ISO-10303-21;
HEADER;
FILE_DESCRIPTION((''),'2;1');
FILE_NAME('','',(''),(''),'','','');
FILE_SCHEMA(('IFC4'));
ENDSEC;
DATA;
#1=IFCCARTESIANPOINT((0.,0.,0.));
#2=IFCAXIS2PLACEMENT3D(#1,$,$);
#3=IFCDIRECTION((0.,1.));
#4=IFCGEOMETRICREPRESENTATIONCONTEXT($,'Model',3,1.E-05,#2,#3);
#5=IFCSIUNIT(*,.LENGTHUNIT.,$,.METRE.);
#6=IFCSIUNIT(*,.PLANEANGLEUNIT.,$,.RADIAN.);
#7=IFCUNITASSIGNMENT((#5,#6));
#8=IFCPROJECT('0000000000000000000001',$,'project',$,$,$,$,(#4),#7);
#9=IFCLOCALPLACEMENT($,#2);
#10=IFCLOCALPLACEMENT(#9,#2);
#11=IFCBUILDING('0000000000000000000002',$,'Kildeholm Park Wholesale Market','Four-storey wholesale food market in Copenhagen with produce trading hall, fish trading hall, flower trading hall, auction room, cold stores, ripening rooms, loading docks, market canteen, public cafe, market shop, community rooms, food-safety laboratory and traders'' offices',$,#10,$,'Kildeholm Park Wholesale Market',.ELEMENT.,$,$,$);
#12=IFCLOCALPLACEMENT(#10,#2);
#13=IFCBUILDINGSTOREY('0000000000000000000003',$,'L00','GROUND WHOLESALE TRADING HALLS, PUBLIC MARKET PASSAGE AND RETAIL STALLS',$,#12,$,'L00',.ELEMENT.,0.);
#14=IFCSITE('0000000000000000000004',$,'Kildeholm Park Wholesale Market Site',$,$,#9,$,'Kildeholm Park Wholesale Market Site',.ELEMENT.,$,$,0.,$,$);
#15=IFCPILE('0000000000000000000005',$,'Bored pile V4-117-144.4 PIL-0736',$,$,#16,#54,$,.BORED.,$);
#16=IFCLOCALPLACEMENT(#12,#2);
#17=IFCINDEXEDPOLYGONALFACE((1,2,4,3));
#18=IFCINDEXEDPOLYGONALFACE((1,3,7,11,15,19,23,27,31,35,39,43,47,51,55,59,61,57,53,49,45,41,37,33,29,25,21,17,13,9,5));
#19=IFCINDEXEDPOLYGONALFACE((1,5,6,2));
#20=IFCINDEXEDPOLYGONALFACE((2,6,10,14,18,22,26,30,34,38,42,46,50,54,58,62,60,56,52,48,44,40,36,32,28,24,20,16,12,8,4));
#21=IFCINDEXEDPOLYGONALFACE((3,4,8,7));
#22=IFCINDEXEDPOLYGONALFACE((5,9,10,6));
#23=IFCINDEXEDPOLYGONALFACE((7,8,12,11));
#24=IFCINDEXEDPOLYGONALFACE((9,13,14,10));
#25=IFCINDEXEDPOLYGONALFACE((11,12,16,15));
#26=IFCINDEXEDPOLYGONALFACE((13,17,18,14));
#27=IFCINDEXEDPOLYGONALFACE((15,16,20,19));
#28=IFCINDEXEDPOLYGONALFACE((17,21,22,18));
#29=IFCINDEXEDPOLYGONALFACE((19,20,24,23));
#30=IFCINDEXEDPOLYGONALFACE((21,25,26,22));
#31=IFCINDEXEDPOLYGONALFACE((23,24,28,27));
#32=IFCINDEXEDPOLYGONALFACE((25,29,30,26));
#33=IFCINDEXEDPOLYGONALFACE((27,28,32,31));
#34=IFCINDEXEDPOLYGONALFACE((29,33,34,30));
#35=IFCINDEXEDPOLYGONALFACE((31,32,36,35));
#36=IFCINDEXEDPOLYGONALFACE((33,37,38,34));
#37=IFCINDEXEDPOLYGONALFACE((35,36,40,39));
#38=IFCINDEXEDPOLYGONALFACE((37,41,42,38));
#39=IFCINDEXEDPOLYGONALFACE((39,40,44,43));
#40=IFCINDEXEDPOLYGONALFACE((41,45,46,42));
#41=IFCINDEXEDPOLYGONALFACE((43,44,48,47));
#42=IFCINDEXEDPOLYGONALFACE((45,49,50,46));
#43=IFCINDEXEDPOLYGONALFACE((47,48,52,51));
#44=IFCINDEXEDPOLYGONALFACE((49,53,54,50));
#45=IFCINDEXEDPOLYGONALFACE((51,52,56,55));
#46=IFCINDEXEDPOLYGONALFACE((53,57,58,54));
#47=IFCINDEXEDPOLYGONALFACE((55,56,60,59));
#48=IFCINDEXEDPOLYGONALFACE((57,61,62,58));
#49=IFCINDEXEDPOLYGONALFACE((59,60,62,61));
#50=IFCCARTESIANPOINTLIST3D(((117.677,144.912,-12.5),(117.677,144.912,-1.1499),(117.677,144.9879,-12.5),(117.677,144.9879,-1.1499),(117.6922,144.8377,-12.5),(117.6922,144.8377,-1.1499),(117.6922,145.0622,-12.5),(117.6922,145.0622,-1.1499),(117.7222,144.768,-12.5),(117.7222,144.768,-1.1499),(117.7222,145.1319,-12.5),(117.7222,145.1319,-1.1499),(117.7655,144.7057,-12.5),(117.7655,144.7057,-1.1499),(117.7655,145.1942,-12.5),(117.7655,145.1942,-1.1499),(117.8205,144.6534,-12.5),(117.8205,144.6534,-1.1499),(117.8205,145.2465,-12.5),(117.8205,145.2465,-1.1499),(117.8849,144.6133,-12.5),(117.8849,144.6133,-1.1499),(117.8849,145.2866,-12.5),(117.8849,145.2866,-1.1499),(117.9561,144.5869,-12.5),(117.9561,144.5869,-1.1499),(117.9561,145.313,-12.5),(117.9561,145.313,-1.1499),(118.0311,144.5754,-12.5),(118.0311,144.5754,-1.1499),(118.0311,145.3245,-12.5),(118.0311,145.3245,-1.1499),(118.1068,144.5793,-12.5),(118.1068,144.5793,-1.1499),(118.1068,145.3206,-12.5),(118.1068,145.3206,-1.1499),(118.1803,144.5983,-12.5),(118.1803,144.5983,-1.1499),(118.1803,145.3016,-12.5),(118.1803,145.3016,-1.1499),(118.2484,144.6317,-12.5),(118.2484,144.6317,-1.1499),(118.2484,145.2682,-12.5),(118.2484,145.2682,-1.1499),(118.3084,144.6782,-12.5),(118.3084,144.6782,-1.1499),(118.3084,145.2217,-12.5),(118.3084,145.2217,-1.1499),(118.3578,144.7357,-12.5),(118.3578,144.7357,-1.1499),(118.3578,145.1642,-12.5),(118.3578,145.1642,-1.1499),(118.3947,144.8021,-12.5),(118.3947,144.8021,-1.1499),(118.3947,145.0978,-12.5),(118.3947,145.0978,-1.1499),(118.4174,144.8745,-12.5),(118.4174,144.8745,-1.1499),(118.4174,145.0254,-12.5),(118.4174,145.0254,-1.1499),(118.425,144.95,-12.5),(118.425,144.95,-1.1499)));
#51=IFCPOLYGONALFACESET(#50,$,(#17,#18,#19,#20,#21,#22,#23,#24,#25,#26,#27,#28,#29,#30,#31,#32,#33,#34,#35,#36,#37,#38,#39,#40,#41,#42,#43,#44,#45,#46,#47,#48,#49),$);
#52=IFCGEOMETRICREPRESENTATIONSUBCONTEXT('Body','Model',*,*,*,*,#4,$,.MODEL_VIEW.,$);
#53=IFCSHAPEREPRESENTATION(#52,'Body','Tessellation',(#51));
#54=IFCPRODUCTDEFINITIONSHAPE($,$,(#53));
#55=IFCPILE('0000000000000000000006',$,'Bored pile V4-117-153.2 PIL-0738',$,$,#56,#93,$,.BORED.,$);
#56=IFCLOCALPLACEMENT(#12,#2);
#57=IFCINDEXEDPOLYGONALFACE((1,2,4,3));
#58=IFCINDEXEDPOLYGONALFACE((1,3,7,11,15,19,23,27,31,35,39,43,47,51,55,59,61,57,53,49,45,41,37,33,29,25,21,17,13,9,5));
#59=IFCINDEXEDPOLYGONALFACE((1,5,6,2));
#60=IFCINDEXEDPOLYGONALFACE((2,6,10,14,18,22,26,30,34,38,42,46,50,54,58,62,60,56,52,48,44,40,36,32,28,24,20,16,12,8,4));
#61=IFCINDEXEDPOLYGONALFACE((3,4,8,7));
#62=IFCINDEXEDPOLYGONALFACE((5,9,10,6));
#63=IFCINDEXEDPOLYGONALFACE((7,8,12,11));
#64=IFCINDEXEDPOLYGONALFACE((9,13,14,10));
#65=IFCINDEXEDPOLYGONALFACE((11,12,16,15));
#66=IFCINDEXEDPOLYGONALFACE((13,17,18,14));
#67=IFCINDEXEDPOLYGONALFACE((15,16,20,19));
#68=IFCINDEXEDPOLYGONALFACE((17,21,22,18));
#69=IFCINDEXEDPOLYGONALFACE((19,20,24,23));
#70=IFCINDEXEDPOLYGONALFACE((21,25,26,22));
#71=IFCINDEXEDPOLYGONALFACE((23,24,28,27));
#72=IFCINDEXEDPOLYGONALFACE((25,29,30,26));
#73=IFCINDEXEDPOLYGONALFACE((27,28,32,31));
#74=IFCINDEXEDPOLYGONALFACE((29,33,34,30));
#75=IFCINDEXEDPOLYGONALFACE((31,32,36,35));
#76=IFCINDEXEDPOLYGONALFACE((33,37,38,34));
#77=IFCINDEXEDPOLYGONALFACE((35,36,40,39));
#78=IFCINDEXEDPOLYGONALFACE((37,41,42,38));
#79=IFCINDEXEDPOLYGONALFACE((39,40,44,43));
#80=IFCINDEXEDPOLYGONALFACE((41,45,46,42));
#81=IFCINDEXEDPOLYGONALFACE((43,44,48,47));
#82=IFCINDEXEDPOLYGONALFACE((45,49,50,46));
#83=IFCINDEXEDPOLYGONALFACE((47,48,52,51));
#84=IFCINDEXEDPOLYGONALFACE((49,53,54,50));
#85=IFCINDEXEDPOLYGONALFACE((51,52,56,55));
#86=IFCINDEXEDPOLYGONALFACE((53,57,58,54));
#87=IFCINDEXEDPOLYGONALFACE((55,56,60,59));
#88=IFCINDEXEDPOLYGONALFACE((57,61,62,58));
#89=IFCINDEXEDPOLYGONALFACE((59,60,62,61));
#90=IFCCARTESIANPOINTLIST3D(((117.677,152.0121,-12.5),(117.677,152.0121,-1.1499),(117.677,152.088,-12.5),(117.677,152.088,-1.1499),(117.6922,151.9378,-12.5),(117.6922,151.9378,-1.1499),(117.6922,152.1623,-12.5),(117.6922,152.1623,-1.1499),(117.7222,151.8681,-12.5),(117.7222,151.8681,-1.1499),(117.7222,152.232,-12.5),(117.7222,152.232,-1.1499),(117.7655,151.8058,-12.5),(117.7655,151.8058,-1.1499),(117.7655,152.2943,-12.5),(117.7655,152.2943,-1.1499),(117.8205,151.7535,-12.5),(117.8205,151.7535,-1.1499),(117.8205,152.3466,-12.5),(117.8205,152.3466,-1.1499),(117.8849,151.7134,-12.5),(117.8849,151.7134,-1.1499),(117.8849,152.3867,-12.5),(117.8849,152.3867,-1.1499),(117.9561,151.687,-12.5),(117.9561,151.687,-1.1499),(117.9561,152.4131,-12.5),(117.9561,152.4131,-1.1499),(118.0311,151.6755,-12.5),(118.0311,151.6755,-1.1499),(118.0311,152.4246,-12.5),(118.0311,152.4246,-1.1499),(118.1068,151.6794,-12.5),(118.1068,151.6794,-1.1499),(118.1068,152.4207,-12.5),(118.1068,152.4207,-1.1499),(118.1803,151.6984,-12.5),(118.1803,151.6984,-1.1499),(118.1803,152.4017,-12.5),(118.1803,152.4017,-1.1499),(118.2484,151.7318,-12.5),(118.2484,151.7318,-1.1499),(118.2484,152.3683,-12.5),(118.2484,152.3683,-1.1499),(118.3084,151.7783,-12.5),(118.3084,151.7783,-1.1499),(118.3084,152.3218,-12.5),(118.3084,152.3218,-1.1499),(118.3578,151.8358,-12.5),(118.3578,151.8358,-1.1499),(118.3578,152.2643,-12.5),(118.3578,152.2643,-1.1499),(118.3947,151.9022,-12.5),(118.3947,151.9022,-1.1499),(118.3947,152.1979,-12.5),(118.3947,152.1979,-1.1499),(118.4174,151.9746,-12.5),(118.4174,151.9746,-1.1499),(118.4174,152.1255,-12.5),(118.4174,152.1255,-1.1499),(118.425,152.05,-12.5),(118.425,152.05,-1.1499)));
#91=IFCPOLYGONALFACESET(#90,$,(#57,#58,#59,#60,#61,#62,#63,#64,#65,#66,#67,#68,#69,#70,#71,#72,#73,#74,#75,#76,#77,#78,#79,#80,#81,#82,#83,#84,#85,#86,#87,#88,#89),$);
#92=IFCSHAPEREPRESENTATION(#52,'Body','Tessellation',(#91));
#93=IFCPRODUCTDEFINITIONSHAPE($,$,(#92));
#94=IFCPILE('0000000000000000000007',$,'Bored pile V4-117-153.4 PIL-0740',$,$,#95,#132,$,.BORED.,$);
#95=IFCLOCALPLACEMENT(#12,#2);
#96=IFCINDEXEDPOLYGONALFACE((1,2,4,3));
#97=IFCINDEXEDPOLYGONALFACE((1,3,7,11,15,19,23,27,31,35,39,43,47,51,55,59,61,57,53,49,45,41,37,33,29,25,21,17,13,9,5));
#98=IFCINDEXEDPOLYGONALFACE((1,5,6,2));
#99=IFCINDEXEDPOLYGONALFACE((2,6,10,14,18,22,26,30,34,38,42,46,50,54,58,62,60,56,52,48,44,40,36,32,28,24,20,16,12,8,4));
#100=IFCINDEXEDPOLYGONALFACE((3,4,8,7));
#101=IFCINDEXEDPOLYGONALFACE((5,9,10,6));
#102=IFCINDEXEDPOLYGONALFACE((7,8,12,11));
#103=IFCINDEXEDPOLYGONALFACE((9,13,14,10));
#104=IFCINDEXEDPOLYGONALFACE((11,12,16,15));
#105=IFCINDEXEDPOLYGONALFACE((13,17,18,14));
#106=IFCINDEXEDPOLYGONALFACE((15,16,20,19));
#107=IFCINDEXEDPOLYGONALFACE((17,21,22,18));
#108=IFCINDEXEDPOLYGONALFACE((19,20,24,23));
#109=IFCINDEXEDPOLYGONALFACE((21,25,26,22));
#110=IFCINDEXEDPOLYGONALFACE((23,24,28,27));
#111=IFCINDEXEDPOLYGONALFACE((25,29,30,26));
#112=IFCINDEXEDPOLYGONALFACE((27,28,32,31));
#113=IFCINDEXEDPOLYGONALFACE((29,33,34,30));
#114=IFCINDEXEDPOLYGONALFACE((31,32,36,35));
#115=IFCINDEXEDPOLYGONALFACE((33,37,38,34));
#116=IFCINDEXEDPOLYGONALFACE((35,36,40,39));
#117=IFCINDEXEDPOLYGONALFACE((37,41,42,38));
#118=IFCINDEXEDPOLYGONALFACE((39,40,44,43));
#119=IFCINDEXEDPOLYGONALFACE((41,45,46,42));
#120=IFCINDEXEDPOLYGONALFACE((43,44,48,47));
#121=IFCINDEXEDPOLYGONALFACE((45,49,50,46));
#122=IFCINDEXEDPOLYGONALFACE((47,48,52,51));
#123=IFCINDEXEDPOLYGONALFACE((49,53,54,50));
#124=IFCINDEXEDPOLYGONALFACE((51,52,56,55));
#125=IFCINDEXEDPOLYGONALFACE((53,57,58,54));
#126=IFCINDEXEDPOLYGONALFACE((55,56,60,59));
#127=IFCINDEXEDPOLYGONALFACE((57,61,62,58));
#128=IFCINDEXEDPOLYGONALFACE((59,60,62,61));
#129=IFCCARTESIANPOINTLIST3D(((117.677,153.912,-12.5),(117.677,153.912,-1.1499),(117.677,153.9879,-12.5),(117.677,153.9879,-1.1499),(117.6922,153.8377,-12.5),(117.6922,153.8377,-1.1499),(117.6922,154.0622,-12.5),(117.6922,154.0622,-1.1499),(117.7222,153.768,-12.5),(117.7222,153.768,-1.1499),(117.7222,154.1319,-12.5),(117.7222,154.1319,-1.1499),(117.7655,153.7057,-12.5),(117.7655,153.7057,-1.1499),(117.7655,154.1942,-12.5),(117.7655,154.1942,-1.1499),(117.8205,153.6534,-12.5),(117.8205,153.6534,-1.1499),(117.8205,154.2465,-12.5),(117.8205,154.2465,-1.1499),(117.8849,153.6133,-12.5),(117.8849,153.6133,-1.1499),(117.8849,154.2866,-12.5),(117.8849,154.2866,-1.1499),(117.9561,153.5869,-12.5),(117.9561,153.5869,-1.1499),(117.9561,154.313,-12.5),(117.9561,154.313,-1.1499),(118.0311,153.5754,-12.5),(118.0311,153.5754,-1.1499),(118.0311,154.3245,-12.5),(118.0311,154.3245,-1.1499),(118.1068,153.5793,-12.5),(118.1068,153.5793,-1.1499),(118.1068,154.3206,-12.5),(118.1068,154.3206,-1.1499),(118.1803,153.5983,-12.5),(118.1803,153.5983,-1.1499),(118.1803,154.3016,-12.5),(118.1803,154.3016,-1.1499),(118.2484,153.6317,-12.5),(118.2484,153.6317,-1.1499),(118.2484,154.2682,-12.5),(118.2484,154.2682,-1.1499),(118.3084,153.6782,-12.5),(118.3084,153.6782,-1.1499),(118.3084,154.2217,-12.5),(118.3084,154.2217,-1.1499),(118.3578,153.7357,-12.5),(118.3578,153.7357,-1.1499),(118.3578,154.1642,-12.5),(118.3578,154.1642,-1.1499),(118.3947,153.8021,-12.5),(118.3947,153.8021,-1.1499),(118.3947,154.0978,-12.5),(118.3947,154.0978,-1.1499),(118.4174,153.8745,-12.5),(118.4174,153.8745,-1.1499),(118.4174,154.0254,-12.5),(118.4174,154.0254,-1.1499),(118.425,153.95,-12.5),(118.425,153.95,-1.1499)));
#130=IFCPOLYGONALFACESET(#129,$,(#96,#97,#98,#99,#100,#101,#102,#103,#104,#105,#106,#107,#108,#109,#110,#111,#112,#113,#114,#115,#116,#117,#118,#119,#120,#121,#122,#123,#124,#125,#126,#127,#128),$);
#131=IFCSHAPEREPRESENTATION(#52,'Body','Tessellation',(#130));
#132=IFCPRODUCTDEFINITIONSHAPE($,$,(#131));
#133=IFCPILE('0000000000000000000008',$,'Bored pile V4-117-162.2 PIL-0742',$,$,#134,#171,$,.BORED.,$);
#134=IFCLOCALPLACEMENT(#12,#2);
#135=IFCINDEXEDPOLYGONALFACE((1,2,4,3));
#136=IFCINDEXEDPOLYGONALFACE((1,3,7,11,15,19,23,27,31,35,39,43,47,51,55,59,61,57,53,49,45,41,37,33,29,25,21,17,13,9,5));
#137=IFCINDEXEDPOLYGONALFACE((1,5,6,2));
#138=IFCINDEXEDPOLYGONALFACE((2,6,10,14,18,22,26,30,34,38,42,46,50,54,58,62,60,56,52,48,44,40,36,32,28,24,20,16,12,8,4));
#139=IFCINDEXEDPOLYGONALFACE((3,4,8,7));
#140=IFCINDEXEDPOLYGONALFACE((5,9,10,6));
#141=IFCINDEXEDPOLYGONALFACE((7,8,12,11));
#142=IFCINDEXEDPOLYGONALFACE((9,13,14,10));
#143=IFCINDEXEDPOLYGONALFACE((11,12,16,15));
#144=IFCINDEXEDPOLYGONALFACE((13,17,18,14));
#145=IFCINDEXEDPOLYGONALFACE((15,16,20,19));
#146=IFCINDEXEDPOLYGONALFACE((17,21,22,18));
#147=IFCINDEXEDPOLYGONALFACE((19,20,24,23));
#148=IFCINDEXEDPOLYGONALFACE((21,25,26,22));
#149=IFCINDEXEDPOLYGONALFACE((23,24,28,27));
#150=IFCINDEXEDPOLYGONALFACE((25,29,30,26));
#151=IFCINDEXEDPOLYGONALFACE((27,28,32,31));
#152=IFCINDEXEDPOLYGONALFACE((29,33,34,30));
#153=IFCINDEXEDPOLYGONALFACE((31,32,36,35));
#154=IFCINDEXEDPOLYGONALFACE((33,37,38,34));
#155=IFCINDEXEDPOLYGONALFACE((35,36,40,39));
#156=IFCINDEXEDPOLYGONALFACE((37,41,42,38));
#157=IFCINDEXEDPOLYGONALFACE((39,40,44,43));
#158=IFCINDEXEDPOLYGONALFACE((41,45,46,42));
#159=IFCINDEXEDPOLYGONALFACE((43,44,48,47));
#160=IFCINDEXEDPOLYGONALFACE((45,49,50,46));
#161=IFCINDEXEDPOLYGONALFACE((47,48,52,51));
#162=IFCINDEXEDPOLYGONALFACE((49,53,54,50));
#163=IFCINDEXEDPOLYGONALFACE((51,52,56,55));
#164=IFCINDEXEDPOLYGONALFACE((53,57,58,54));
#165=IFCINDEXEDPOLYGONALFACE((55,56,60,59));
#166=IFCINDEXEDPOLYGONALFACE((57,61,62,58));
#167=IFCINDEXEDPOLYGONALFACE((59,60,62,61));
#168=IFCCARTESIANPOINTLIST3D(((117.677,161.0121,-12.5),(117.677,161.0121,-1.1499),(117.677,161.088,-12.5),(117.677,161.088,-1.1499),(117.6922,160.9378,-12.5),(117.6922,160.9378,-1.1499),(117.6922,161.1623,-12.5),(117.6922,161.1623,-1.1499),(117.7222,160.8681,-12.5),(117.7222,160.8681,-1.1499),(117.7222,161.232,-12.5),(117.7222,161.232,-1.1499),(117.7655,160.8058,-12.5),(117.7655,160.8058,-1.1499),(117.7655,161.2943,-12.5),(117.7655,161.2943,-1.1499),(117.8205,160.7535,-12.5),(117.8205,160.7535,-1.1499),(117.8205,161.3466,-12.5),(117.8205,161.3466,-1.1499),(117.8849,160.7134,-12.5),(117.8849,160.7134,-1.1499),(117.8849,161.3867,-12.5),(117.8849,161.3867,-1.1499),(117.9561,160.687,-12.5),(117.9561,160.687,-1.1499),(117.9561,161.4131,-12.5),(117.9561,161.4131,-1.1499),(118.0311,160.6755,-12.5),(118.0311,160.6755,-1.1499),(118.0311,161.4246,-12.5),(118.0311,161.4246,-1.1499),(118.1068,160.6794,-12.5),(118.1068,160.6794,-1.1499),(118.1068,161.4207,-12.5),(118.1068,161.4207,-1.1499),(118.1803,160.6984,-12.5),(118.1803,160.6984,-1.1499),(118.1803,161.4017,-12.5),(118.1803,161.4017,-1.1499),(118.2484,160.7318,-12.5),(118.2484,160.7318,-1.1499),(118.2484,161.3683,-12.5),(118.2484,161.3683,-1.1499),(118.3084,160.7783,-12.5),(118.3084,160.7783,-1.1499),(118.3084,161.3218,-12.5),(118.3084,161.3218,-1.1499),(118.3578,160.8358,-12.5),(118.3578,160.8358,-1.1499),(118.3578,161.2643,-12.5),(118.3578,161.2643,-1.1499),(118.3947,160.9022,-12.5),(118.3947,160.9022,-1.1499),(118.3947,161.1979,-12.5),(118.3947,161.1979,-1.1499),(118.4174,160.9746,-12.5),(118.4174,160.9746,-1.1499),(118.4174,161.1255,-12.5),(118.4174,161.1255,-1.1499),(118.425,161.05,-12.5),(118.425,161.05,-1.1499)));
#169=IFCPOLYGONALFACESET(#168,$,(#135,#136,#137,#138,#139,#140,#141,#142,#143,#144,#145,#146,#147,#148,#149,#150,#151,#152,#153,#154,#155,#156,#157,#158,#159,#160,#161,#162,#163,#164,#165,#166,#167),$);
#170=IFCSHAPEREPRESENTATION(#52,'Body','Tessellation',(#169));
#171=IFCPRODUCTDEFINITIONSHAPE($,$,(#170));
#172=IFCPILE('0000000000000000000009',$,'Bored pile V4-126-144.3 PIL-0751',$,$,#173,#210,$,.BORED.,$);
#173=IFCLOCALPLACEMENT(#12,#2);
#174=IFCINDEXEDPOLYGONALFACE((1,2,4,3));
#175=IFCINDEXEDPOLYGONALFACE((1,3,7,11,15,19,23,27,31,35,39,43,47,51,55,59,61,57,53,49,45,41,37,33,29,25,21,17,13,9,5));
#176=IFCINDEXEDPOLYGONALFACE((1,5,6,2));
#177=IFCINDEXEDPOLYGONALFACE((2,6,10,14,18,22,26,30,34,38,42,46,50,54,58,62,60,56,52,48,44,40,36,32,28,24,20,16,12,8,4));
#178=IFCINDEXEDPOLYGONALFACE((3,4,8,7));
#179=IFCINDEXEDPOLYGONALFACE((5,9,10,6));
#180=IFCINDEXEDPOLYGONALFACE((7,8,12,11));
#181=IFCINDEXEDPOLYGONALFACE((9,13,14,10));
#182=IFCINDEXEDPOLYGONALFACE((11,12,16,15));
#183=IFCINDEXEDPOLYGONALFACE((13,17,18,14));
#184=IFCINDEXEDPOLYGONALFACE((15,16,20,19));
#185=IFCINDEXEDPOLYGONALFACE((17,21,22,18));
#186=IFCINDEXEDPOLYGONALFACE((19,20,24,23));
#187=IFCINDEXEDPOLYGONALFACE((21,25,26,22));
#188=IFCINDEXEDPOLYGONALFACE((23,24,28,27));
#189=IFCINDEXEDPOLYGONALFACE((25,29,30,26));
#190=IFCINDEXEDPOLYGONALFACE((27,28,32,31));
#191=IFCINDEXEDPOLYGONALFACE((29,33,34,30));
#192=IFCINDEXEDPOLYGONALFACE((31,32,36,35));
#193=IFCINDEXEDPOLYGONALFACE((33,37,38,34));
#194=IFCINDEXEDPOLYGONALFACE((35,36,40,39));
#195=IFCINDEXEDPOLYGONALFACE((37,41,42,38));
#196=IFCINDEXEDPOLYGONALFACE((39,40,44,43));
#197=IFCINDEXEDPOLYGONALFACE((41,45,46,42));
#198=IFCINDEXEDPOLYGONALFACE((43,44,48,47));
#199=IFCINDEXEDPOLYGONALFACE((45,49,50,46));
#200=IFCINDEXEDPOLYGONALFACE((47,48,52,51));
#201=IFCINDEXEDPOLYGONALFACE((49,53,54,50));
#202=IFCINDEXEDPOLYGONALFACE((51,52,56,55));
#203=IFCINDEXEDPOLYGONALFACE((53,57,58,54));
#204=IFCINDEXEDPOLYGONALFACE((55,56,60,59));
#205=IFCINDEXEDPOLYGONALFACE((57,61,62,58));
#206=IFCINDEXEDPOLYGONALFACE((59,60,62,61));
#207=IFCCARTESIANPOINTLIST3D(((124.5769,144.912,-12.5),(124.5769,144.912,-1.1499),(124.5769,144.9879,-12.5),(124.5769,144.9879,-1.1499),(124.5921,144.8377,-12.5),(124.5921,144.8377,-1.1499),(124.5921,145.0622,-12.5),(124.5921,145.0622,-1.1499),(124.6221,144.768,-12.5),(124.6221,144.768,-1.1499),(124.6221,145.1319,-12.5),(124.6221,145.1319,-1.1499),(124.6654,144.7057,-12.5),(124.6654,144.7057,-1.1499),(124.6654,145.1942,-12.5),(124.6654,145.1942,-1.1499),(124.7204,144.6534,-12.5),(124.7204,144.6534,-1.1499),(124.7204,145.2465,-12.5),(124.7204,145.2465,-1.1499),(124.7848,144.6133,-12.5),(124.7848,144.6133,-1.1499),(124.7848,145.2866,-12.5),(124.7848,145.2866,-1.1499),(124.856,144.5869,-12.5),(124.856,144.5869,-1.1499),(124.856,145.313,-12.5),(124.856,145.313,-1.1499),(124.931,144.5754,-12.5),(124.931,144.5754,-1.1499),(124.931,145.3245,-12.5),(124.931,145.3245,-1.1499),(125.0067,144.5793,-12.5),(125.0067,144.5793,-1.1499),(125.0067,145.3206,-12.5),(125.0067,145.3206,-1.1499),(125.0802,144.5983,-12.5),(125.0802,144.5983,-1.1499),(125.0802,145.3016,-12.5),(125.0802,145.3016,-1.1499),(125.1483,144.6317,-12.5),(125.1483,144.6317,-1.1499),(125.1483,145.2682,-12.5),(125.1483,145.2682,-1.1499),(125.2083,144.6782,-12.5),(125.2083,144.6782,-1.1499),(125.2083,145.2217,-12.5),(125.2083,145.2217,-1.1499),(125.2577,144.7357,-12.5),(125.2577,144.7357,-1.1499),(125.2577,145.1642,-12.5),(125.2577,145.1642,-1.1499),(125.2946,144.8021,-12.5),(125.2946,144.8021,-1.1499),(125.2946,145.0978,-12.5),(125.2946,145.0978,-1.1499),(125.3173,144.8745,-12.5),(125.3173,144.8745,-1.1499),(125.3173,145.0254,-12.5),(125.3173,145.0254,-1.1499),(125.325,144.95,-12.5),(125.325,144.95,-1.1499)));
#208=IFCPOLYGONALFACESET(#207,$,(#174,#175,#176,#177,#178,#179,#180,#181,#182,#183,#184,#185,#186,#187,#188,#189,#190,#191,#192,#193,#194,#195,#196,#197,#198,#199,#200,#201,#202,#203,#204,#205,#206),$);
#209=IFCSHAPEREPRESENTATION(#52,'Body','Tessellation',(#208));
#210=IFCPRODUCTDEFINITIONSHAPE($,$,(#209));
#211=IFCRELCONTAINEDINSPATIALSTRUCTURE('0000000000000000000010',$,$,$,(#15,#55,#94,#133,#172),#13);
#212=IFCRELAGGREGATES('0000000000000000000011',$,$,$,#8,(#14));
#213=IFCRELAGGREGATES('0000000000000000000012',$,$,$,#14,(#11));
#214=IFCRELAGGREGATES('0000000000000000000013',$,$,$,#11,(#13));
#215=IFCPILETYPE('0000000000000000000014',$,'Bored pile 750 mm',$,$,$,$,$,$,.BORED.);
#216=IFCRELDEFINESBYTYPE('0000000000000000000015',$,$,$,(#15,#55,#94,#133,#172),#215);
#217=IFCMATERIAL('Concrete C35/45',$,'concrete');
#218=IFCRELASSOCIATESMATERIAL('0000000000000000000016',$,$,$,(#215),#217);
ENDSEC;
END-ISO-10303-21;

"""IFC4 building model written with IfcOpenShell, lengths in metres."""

from ifc_helpers import new_model, si_unit, direction, frame, origin, origin_2d, place, context, subcontext, project, spatial, circle, extrude, material, material_profile, profile_set, type_object, element, save


model = new_model("IFC4")

# Units and contexts
model_context = context("Model", 3, precision=1e-05, world=origin(), true_north=direction((0.0, 1.0)))
body_context = subcontext(model_context, "Body", "Model", "MODEL_VIEW")
ifc_project = project(units=[si_unit("LENGTHUNIT", "METRE"), si_unit("PLANEANGLEUNIT", "RADIAN")], contexts=[model_context])

# Site, building, storey
site_placement = place(None, origin())
site = spatial("IfcSite", under=ifc_project, at=site_placement, Name="Kildeholm Park Wholesale Market Site", LongName="Kildeholm Park Wholesale Market Site", CompositionType="ELEMENT", RefElevation=0.0)
building_placement = place(site_placement, origin())
building = spatial("IfcBuilding", under=site, at=building_placement, Name="Kildeholm Park Wholesale Market", Description="Four-storey wholesale food market in Copenhagen with produce trading hall, fish trading hall, flower trading hall, auction room, cold stores, ripening rooms, loading docks, market canteen, public cafe, market shop, community rooms, food-safety laboratory and traders' offices", LongName="Kildeholm Park Wholesale Market", CompositionType="ELEMENT")
storey_placement = place(building_placement, origin())
storey = spatial("IfcBuildingStorey", under=building, at=storey_placement, Name="L00", Description="GROUND WHOLESALE TRADING HALLS, PUBLIC MARKET PASSAGE AND RETAIL STALLS", LongName="L00", CompositionType="ELEMENT", Elevation=0.0)

# Piles
ifc_material_1 = material(Name="Concrete C35/45", Category="concrete")
ifc_material_profile_1 = material_profile(ifc_material_1, circle(Radius=0.375, at=origin_2d()), Name="PILE D750")
ifc_profile_set_1 = profile_set([ifc_material_profile_1], Name="Concrete C35/45")
pile_type = type_object("IfcPileType", Name="Bored pile 750 mm", PredefinedType="BORED", material=ifc_profile_set_1)
for number, where, z_axis, x_axis, name in (
    (1, (118.05, 144.95, -1.1499), (0.0, 0.0, -1.0), (1.0, 0.0, 0.0), "Bored pile V4-117-144.4 PIL-0736"),
    (2, (118.05, 152.05, -1.1499), (0.0, 0.0, -1.0), (1.0, 0.0, 0.0), "Bored pile V4-117-153.2 PIL-0738"),
    (3, (118.05, 153.95, -1.1499), (0.0, 0.0, -1.0), (1.0, 0.0, 0.0), "Bored pile V4-117-153.4 PIL-0740"),
    (4, (118.05, 161.05, -1.1499), (0.0, 0.0, -1.0), (1.0, 0.0, 0.0), "Bored pile V4-117-162.2 PIL-0742"),
    (5, (124.95, 144.95, -1.1499), (0.0, 0.0, -1.0), (1.0, 0.0, 0.0), "Bored pile V4-126-144.3 PIL-0751"),
):
    element("IfcPile", number, at=place(storey_placement, frame(where, z_axis=z_axis, x_axis=x_axis)), inside=storey, type_object=pile_type, Name=name, PredefinedType="BORED", context=body_context, shape_type="SweptSolid", body=[
        extrude(circle(Radius=0.375, at=origin_2d()), origin(), (0.0, 0.0, 1.0), 11.3501),
    ])

save(model, "model.ifc")
